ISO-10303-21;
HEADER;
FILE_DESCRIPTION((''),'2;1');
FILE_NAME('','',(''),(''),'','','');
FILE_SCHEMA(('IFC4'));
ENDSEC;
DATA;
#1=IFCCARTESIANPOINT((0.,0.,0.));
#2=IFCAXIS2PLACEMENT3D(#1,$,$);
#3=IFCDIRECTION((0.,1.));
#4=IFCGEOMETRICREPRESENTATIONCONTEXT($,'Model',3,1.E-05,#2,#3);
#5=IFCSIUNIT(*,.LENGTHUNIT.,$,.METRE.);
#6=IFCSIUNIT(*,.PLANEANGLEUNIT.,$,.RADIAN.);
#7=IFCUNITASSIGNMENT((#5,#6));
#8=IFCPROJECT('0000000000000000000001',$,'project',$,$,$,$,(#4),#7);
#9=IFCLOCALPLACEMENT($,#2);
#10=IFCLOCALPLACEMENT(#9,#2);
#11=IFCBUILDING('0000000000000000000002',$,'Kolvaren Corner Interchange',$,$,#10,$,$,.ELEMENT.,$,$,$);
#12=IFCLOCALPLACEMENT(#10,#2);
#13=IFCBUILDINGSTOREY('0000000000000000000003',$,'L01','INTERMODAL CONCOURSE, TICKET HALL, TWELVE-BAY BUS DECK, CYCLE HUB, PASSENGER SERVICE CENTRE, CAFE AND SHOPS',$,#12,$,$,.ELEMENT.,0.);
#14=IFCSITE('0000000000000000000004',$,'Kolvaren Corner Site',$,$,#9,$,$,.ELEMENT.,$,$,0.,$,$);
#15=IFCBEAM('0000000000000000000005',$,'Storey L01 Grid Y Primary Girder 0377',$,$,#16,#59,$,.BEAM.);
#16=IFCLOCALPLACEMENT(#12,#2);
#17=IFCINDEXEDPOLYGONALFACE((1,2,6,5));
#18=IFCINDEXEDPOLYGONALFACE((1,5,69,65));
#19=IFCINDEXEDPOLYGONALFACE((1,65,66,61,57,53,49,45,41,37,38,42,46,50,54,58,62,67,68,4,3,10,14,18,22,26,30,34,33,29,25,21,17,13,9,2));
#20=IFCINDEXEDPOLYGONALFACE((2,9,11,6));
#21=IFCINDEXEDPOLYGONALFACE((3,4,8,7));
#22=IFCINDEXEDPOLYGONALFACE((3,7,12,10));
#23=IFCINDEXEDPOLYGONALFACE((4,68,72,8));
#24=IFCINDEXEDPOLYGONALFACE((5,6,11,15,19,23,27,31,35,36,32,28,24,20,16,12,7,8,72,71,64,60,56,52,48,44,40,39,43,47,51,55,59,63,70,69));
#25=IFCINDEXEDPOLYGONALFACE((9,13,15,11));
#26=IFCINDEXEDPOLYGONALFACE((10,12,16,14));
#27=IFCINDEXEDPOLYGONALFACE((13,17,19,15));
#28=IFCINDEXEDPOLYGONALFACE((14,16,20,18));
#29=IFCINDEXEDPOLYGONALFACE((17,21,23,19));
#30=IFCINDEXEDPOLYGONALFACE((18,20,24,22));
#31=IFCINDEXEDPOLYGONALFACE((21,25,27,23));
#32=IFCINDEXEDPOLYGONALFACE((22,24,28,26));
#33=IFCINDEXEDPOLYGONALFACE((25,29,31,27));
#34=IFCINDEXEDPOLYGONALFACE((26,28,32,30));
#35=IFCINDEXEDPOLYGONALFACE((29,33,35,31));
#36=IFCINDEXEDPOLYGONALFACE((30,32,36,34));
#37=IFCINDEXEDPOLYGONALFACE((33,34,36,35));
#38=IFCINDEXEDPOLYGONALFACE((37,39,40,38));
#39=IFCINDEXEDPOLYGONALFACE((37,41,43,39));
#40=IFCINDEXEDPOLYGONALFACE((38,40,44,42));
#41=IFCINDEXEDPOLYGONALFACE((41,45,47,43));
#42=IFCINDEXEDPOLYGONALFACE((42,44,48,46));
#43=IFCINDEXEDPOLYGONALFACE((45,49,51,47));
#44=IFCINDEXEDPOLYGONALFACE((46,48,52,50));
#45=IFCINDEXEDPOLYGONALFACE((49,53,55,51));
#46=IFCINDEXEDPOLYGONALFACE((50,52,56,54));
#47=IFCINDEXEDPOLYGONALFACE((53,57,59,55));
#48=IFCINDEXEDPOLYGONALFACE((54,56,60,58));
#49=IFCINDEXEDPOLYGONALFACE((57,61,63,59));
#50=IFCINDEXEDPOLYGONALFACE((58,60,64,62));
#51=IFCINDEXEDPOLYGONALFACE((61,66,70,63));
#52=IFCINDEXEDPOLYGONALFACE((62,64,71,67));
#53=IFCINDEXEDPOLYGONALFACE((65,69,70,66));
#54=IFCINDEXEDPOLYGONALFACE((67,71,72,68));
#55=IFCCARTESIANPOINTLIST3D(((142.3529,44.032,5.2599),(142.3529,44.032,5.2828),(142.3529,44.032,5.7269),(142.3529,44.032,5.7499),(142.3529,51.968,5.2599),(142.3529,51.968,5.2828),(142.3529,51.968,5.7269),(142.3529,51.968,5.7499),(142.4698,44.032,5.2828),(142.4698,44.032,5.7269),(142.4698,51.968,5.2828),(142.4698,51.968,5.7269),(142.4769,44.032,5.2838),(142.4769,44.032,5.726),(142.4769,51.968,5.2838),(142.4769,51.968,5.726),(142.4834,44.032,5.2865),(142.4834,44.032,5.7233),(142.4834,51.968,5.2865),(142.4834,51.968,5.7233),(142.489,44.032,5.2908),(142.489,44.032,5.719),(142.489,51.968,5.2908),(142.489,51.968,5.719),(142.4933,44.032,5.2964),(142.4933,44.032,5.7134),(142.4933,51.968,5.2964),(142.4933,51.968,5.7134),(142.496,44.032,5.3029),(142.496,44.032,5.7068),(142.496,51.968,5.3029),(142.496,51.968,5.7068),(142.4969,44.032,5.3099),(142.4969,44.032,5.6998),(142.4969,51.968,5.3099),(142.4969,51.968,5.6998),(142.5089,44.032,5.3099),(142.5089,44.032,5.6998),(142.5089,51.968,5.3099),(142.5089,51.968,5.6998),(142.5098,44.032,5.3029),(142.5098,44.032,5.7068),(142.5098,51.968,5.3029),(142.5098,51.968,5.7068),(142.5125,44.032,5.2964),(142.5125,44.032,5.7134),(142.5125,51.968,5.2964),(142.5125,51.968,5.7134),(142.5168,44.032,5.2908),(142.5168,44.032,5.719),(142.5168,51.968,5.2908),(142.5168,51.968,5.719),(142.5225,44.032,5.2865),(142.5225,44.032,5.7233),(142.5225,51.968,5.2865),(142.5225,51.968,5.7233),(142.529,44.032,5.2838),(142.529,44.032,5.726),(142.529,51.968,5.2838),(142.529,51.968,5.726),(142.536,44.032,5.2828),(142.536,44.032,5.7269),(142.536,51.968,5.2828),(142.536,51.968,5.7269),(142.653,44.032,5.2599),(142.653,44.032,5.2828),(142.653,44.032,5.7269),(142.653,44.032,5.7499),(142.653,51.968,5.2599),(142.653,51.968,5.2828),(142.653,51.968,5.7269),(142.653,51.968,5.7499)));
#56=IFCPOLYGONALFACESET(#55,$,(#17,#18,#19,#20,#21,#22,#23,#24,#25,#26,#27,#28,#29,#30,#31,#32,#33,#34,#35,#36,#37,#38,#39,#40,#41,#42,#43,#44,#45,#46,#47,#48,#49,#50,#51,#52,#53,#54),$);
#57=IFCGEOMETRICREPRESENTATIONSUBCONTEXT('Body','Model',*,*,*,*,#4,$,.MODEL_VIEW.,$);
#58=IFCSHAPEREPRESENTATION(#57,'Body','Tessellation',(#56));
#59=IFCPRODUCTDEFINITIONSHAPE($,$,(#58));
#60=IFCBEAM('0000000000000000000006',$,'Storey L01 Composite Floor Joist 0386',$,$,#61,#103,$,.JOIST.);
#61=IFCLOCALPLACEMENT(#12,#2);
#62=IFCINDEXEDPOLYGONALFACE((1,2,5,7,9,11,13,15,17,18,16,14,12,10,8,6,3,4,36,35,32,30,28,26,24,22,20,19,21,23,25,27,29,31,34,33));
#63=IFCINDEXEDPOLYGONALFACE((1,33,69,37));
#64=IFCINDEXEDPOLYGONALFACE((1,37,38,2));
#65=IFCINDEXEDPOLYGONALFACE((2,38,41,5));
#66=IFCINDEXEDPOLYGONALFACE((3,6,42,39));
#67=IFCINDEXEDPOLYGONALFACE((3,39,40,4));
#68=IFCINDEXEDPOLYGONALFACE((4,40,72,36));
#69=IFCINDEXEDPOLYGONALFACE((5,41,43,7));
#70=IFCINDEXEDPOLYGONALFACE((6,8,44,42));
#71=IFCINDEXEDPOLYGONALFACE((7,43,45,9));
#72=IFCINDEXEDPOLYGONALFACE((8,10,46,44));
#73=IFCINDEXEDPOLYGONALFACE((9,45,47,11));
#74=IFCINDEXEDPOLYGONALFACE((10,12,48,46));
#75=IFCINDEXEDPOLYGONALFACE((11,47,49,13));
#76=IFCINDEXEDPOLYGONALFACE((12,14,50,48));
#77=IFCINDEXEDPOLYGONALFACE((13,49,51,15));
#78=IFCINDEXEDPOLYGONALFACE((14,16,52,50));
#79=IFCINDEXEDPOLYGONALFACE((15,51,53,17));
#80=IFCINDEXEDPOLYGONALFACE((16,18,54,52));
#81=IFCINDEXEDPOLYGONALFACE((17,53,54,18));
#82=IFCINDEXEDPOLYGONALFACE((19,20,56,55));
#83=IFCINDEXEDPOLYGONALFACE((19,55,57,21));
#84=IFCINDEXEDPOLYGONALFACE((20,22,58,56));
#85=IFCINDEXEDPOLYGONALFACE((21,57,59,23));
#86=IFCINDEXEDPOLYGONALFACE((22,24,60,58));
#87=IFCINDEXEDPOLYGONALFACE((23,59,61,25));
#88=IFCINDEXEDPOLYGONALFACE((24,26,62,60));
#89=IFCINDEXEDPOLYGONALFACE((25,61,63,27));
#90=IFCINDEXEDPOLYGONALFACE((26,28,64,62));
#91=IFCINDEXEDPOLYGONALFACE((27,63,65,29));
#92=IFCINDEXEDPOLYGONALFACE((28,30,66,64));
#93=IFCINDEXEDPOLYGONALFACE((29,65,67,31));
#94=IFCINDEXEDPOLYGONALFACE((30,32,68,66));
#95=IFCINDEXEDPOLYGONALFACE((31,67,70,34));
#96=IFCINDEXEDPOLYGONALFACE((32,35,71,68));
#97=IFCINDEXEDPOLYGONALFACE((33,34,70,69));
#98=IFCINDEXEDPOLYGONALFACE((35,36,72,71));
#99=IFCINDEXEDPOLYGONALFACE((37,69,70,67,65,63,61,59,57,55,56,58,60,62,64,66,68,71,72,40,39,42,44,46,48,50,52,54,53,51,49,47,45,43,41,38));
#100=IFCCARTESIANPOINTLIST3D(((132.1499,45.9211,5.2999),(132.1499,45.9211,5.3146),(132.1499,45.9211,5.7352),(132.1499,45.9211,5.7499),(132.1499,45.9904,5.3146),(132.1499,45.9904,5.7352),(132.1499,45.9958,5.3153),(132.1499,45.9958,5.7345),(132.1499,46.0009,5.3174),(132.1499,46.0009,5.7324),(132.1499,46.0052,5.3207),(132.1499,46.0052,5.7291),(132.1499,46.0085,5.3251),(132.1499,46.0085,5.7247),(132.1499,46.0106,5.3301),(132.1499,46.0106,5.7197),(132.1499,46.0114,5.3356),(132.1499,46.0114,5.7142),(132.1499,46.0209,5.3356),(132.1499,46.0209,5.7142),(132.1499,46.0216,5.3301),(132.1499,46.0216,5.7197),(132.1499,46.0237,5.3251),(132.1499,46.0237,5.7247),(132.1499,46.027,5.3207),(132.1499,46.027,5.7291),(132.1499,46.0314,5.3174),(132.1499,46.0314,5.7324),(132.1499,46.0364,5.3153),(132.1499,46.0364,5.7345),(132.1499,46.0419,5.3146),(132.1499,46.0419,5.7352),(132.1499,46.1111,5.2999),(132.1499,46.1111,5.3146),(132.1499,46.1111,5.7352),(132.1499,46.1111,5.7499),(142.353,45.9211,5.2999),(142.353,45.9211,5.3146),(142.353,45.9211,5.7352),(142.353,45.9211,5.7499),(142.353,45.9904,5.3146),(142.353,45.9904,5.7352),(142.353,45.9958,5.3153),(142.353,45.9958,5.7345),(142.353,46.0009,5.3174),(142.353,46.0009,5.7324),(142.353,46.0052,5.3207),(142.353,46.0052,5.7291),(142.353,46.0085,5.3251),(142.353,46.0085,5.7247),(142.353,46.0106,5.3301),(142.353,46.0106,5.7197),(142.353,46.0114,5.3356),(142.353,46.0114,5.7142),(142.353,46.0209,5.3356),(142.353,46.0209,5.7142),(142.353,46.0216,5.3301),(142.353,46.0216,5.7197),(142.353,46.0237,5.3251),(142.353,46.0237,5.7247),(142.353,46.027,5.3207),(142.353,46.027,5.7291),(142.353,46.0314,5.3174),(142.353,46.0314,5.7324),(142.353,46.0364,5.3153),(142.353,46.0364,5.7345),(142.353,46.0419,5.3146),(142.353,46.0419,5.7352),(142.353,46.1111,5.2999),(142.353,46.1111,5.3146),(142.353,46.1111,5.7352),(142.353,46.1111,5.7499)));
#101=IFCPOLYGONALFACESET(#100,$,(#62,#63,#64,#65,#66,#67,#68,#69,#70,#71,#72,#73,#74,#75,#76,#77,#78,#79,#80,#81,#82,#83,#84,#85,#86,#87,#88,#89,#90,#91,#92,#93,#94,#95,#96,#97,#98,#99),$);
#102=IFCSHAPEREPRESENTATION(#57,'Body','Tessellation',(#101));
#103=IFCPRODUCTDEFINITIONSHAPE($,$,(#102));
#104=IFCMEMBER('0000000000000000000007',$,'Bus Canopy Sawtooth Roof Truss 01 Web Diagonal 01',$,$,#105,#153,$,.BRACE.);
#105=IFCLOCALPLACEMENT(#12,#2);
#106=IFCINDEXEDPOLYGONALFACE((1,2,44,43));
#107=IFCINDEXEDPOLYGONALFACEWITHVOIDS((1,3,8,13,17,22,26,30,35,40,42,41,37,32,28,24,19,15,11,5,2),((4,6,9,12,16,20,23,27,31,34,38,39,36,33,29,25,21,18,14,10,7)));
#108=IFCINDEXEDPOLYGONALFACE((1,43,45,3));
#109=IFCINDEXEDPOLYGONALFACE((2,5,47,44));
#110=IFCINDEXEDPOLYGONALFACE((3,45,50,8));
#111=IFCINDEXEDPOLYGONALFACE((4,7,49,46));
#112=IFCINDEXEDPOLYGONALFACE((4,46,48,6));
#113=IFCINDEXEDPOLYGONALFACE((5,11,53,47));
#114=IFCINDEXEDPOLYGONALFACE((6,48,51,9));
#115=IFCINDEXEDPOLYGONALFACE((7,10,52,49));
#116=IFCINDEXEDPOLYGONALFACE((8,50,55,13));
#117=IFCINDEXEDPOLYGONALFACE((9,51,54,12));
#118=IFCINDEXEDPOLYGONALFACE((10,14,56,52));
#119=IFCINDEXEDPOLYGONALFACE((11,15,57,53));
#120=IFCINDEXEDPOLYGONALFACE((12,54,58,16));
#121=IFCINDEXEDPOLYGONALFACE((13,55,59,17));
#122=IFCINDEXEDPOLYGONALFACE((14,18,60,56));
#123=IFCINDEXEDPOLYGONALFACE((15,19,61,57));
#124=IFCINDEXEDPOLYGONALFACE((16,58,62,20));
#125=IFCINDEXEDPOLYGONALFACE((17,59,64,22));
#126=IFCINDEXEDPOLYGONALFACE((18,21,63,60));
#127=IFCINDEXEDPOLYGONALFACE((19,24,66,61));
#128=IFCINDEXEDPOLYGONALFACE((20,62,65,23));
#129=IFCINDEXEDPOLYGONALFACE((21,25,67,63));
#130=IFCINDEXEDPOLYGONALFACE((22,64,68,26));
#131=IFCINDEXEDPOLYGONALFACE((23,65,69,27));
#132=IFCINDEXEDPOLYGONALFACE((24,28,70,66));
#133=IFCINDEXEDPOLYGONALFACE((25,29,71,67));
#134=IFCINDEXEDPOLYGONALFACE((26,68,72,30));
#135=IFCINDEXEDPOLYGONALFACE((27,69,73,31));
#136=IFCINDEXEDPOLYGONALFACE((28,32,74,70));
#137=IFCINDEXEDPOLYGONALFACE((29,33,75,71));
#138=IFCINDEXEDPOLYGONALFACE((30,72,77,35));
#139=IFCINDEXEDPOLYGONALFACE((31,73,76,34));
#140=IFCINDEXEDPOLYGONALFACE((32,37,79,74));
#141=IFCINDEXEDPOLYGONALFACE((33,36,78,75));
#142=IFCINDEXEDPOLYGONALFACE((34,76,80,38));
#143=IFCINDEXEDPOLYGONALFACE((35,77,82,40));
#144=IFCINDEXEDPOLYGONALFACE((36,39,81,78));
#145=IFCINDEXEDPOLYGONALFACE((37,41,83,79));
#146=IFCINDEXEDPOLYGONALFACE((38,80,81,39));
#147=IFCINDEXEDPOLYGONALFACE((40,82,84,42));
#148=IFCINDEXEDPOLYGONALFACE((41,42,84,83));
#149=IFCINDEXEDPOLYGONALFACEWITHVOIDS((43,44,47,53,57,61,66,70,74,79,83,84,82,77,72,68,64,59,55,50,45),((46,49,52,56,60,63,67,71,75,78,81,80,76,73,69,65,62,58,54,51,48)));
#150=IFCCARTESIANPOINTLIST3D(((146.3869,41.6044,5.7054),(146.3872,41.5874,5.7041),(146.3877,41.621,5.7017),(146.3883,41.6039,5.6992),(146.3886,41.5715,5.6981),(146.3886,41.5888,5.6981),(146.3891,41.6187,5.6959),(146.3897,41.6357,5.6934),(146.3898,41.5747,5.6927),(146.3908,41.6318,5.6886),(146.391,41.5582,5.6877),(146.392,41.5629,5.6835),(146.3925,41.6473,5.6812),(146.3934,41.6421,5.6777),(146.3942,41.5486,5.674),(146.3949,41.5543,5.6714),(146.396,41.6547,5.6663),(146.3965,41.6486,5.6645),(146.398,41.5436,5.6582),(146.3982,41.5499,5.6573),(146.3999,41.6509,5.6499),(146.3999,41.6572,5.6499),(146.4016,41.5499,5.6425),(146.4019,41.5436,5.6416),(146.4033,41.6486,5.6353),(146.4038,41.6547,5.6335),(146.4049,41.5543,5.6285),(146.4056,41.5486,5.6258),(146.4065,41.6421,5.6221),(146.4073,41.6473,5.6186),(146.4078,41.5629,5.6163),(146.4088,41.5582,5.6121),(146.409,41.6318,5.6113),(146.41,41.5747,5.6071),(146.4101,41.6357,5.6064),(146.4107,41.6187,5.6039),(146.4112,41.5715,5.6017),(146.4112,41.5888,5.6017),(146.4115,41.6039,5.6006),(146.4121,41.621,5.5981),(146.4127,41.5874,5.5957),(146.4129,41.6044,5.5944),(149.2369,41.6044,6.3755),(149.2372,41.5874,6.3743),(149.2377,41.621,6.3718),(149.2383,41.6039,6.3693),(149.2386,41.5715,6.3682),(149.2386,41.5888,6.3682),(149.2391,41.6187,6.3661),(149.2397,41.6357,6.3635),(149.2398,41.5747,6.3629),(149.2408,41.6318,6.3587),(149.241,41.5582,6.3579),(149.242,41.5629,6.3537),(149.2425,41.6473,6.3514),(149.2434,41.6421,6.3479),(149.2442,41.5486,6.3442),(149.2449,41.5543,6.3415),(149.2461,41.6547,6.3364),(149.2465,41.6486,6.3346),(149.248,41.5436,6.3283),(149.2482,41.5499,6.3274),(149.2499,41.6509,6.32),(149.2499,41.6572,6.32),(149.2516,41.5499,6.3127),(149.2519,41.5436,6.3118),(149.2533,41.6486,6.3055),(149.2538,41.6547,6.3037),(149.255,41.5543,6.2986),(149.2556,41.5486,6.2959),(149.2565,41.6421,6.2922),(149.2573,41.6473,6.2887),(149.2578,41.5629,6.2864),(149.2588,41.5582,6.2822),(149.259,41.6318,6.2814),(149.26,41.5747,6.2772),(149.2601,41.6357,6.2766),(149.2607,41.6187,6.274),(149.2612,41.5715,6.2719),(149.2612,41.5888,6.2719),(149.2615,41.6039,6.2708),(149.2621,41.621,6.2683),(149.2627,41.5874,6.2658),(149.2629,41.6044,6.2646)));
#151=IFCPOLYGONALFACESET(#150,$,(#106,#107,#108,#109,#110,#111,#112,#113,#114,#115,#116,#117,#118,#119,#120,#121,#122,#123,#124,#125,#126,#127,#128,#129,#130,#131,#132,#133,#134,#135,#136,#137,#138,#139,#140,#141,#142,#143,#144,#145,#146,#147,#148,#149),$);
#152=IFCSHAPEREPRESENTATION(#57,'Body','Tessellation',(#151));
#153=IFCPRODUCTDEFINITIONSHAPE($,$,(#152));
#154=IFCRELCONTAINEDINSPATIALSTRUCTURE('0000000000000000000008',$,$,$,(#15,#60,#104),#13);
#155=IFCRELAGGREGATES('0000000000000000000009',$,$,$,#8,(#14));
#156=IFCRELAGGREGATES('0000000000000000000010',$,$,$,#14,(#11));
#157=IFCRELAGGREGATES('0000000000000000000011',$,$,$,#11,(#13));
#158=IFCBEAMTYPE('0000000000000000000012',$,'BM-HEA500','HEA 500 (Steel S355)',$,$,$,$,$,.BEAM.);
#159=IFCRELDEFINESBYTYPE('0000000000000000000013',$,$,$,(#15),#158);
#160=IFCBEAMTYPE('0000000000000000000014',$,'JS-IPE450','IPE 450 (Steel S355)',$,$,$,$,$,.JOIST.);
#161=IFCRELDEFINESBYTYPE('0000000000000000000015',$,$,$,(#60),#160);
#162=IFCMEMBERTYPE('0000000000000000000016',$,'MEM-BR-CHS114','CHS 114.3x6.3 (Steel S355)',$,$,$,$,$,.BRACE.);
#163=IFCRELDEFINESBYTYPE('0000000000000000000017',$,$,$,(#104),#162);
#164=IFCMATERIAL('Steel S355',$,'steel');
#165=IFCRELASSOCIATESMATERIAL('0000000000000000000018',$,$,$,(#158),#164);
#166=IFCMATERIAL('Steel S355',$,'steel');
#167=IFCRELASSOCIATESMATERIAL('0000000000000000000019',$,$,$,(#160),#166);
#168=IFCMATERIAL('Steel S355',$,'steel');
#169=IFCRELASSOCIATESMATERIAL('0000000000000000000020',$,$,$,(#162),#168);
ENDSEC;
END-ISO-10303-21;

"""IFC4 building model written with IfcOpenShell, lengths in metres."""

from ifc_helpers import new_model, si_unit, direction, frame, origin, origin_2d, place, context, subcontext, project, spatial, hollow_circle, i_section, extrude, material, material_profile, profile_set, type_object, element, save


model = new_model("IFC4")

# Units and contexts
model_context = context("Model", 3, precision=1e-05, world=origin(), true_north=direction((0.0, 1.0)))
body_context = subcontext(model_context, "Body", "Model", "MODEL_VIEW")
ifc_project = project(units=[si_unit("LENGTHUNIT", "METRE"), si_unit("PLANEANGLEUNIT", "RADIAN")], contexts=[model_context])

# Site, building, storey
site_placement = place(None, origin())
site = spatial("IfcSite", under=ifc_project, at=site_placement, Name="Kolvaren Corner Site", CompositionType="ELEMENT", RefElevation=0.0)
building_placement = place(site_placement, origin())
building = spatial("IfcBuilding", under=site, at=building_placement, Name="Kolvaren Corner Interchange", CompositionType="ELEMENT")
storey_placement = place(building_placement, origin())
storey = spatial("IfcBuildingStorey", under=building, at=storey_placement, Name="L01", Description="INTERMODAL CONCOURSE, TICKET HALL, TWELVE-BAY BUS DECK, CYCLE HUB, PASSENGER SERVICE CENTRE, CAFE AND SHOPS", CompositionType="ELEMENT", Elevation=0.0)

# Beams
ifc_material_1 = material(Name="Steel S355", Category="steel")
ifc_material_profile_1 = material_profile(ifc_material_1, i_section(OverallWidth=0.3, OverallDepth=0.49, WebThickness=0.012, FlangeThickness=0.0229, FilletRadius=0.0271, at=origin_2d()), Name="HEA 500")
ifc_profile_set_1 = profile_set([ifc_material_profile_1], Name="Steel S355")
beam_type_1 = type_object("IfcBeamType", Name="BM-HEA500", Description="HEA 500 (Steel S355)", PredefinedType="BEAM", material=ifc_profile_set_1)
beam_1_placement = place(storey_placement, frame((142.5029, 44.032, 5.5049), z_axis=(0.0, 1.0, 0.0), x_axis=(-1.0, 0.0, 0.0)))
element("IfcBeam", 1, at=beam_1_placement, inside=storey, type_object=beam_type_1, Name="Storey L01 Grid Y Primary Girder 0377", PredefinedType="BEAM", context=body_context, shape_type="SweptSolid", body=[
    extrude(i_section(OverallWidth=0.3, OverallDepth=0.49, WebThickness=0.012, FlangeThickness=0.0229, FilletRadius=0.0271, at=origin_2d()), origin(), (0.0, 0.0, 1.0), 7.936),
])
ifc_material_2 = material(Name="Steel S355", Category="steel")
ifc_material_profile_2 = material_profile(ifc_material_2, i_section(OverallWidth=0.1899, OverallDepth=0.45, WebThickness=0.0095, FlangeThickness=0.0146, FilletRadius=0.021, at=origin_2d()), Name="IPE 450")
ifc_profile_set_2 = profile_set([ifc_material_profile_2], Name="Steel S355")
beam_type_2 = type_object("IfcBeamType", Name="JS-IPE450", Description="IPE 450 (Steel S355)", PredefinedType="JOIST", material=ifc_profile_set_2)
beam_2_placement = place(storey_placement, frame((132.1499, 46.0161, 5.5249), z_axis=(1.0, 0.0, 0.0), x_axis=(0.0, 1.0, 0.0)))
element("IfcBeam", 2, at=beam_2_placement, inside=storey, type_object=beam_type_2, Name="Storey L01 Composite Floor Joist 0386", PredefinedType="JOIST", context=body_context, shape_type="SweptSolid", body=[
    extrude(i_section(OverallWidth=0.1899, OverallDepth=0.45, WebThickness=0.0095, FlangeThickness=0.0146, FilletRadius=0.021, at=origin_2d()), origin(), (0.0, 0.0, 1.0), 10.2031),
])

# Member
ifc_material_3 = material(Name="Steel S355", Category="steel")
ifc_material_profile_3 = material_profile(ifc_material_3, hollow_circle(Radius=0.0571, WallThickness=0.0063, at=origin_2d()), Name="CHS 114.3x6.3")
ifc_profile_set_3 = profile_set([ifc_material_profile_3], Name="Steel S355")
member_type_1 = type_object("IfcMemberType", Name="MEM-BR-CHS114", Description="CHS 114.3x6.3 (Steel S355)", PredefinedType="BRACE", material=ifc_profile_set_3)
member_1_placement = place(storey_placement, frame((146.3999, 41.6001, 5.6499), z_axis=(0.973451, 0.0, 0.228895), x_axis=(0.0, 1.0, 0.0)))
element("IfcMember", 3, at=member_1_placement, inside=storey, type_object=member_type_1, Name="Bus Canopy Sawtooth Roof Truss 01 Web Diagonal 01", PredefinedType="BRACE", context=body_context, shape_type="SweptSolid", body=[
    extrude(hollow_circle(Radius=0.0571, WallThickness=0.0063, at=origin_2d()), origin(), (0.0, 0.0, 1.0), 2.9277),
])

save(model, "model.ifc")
